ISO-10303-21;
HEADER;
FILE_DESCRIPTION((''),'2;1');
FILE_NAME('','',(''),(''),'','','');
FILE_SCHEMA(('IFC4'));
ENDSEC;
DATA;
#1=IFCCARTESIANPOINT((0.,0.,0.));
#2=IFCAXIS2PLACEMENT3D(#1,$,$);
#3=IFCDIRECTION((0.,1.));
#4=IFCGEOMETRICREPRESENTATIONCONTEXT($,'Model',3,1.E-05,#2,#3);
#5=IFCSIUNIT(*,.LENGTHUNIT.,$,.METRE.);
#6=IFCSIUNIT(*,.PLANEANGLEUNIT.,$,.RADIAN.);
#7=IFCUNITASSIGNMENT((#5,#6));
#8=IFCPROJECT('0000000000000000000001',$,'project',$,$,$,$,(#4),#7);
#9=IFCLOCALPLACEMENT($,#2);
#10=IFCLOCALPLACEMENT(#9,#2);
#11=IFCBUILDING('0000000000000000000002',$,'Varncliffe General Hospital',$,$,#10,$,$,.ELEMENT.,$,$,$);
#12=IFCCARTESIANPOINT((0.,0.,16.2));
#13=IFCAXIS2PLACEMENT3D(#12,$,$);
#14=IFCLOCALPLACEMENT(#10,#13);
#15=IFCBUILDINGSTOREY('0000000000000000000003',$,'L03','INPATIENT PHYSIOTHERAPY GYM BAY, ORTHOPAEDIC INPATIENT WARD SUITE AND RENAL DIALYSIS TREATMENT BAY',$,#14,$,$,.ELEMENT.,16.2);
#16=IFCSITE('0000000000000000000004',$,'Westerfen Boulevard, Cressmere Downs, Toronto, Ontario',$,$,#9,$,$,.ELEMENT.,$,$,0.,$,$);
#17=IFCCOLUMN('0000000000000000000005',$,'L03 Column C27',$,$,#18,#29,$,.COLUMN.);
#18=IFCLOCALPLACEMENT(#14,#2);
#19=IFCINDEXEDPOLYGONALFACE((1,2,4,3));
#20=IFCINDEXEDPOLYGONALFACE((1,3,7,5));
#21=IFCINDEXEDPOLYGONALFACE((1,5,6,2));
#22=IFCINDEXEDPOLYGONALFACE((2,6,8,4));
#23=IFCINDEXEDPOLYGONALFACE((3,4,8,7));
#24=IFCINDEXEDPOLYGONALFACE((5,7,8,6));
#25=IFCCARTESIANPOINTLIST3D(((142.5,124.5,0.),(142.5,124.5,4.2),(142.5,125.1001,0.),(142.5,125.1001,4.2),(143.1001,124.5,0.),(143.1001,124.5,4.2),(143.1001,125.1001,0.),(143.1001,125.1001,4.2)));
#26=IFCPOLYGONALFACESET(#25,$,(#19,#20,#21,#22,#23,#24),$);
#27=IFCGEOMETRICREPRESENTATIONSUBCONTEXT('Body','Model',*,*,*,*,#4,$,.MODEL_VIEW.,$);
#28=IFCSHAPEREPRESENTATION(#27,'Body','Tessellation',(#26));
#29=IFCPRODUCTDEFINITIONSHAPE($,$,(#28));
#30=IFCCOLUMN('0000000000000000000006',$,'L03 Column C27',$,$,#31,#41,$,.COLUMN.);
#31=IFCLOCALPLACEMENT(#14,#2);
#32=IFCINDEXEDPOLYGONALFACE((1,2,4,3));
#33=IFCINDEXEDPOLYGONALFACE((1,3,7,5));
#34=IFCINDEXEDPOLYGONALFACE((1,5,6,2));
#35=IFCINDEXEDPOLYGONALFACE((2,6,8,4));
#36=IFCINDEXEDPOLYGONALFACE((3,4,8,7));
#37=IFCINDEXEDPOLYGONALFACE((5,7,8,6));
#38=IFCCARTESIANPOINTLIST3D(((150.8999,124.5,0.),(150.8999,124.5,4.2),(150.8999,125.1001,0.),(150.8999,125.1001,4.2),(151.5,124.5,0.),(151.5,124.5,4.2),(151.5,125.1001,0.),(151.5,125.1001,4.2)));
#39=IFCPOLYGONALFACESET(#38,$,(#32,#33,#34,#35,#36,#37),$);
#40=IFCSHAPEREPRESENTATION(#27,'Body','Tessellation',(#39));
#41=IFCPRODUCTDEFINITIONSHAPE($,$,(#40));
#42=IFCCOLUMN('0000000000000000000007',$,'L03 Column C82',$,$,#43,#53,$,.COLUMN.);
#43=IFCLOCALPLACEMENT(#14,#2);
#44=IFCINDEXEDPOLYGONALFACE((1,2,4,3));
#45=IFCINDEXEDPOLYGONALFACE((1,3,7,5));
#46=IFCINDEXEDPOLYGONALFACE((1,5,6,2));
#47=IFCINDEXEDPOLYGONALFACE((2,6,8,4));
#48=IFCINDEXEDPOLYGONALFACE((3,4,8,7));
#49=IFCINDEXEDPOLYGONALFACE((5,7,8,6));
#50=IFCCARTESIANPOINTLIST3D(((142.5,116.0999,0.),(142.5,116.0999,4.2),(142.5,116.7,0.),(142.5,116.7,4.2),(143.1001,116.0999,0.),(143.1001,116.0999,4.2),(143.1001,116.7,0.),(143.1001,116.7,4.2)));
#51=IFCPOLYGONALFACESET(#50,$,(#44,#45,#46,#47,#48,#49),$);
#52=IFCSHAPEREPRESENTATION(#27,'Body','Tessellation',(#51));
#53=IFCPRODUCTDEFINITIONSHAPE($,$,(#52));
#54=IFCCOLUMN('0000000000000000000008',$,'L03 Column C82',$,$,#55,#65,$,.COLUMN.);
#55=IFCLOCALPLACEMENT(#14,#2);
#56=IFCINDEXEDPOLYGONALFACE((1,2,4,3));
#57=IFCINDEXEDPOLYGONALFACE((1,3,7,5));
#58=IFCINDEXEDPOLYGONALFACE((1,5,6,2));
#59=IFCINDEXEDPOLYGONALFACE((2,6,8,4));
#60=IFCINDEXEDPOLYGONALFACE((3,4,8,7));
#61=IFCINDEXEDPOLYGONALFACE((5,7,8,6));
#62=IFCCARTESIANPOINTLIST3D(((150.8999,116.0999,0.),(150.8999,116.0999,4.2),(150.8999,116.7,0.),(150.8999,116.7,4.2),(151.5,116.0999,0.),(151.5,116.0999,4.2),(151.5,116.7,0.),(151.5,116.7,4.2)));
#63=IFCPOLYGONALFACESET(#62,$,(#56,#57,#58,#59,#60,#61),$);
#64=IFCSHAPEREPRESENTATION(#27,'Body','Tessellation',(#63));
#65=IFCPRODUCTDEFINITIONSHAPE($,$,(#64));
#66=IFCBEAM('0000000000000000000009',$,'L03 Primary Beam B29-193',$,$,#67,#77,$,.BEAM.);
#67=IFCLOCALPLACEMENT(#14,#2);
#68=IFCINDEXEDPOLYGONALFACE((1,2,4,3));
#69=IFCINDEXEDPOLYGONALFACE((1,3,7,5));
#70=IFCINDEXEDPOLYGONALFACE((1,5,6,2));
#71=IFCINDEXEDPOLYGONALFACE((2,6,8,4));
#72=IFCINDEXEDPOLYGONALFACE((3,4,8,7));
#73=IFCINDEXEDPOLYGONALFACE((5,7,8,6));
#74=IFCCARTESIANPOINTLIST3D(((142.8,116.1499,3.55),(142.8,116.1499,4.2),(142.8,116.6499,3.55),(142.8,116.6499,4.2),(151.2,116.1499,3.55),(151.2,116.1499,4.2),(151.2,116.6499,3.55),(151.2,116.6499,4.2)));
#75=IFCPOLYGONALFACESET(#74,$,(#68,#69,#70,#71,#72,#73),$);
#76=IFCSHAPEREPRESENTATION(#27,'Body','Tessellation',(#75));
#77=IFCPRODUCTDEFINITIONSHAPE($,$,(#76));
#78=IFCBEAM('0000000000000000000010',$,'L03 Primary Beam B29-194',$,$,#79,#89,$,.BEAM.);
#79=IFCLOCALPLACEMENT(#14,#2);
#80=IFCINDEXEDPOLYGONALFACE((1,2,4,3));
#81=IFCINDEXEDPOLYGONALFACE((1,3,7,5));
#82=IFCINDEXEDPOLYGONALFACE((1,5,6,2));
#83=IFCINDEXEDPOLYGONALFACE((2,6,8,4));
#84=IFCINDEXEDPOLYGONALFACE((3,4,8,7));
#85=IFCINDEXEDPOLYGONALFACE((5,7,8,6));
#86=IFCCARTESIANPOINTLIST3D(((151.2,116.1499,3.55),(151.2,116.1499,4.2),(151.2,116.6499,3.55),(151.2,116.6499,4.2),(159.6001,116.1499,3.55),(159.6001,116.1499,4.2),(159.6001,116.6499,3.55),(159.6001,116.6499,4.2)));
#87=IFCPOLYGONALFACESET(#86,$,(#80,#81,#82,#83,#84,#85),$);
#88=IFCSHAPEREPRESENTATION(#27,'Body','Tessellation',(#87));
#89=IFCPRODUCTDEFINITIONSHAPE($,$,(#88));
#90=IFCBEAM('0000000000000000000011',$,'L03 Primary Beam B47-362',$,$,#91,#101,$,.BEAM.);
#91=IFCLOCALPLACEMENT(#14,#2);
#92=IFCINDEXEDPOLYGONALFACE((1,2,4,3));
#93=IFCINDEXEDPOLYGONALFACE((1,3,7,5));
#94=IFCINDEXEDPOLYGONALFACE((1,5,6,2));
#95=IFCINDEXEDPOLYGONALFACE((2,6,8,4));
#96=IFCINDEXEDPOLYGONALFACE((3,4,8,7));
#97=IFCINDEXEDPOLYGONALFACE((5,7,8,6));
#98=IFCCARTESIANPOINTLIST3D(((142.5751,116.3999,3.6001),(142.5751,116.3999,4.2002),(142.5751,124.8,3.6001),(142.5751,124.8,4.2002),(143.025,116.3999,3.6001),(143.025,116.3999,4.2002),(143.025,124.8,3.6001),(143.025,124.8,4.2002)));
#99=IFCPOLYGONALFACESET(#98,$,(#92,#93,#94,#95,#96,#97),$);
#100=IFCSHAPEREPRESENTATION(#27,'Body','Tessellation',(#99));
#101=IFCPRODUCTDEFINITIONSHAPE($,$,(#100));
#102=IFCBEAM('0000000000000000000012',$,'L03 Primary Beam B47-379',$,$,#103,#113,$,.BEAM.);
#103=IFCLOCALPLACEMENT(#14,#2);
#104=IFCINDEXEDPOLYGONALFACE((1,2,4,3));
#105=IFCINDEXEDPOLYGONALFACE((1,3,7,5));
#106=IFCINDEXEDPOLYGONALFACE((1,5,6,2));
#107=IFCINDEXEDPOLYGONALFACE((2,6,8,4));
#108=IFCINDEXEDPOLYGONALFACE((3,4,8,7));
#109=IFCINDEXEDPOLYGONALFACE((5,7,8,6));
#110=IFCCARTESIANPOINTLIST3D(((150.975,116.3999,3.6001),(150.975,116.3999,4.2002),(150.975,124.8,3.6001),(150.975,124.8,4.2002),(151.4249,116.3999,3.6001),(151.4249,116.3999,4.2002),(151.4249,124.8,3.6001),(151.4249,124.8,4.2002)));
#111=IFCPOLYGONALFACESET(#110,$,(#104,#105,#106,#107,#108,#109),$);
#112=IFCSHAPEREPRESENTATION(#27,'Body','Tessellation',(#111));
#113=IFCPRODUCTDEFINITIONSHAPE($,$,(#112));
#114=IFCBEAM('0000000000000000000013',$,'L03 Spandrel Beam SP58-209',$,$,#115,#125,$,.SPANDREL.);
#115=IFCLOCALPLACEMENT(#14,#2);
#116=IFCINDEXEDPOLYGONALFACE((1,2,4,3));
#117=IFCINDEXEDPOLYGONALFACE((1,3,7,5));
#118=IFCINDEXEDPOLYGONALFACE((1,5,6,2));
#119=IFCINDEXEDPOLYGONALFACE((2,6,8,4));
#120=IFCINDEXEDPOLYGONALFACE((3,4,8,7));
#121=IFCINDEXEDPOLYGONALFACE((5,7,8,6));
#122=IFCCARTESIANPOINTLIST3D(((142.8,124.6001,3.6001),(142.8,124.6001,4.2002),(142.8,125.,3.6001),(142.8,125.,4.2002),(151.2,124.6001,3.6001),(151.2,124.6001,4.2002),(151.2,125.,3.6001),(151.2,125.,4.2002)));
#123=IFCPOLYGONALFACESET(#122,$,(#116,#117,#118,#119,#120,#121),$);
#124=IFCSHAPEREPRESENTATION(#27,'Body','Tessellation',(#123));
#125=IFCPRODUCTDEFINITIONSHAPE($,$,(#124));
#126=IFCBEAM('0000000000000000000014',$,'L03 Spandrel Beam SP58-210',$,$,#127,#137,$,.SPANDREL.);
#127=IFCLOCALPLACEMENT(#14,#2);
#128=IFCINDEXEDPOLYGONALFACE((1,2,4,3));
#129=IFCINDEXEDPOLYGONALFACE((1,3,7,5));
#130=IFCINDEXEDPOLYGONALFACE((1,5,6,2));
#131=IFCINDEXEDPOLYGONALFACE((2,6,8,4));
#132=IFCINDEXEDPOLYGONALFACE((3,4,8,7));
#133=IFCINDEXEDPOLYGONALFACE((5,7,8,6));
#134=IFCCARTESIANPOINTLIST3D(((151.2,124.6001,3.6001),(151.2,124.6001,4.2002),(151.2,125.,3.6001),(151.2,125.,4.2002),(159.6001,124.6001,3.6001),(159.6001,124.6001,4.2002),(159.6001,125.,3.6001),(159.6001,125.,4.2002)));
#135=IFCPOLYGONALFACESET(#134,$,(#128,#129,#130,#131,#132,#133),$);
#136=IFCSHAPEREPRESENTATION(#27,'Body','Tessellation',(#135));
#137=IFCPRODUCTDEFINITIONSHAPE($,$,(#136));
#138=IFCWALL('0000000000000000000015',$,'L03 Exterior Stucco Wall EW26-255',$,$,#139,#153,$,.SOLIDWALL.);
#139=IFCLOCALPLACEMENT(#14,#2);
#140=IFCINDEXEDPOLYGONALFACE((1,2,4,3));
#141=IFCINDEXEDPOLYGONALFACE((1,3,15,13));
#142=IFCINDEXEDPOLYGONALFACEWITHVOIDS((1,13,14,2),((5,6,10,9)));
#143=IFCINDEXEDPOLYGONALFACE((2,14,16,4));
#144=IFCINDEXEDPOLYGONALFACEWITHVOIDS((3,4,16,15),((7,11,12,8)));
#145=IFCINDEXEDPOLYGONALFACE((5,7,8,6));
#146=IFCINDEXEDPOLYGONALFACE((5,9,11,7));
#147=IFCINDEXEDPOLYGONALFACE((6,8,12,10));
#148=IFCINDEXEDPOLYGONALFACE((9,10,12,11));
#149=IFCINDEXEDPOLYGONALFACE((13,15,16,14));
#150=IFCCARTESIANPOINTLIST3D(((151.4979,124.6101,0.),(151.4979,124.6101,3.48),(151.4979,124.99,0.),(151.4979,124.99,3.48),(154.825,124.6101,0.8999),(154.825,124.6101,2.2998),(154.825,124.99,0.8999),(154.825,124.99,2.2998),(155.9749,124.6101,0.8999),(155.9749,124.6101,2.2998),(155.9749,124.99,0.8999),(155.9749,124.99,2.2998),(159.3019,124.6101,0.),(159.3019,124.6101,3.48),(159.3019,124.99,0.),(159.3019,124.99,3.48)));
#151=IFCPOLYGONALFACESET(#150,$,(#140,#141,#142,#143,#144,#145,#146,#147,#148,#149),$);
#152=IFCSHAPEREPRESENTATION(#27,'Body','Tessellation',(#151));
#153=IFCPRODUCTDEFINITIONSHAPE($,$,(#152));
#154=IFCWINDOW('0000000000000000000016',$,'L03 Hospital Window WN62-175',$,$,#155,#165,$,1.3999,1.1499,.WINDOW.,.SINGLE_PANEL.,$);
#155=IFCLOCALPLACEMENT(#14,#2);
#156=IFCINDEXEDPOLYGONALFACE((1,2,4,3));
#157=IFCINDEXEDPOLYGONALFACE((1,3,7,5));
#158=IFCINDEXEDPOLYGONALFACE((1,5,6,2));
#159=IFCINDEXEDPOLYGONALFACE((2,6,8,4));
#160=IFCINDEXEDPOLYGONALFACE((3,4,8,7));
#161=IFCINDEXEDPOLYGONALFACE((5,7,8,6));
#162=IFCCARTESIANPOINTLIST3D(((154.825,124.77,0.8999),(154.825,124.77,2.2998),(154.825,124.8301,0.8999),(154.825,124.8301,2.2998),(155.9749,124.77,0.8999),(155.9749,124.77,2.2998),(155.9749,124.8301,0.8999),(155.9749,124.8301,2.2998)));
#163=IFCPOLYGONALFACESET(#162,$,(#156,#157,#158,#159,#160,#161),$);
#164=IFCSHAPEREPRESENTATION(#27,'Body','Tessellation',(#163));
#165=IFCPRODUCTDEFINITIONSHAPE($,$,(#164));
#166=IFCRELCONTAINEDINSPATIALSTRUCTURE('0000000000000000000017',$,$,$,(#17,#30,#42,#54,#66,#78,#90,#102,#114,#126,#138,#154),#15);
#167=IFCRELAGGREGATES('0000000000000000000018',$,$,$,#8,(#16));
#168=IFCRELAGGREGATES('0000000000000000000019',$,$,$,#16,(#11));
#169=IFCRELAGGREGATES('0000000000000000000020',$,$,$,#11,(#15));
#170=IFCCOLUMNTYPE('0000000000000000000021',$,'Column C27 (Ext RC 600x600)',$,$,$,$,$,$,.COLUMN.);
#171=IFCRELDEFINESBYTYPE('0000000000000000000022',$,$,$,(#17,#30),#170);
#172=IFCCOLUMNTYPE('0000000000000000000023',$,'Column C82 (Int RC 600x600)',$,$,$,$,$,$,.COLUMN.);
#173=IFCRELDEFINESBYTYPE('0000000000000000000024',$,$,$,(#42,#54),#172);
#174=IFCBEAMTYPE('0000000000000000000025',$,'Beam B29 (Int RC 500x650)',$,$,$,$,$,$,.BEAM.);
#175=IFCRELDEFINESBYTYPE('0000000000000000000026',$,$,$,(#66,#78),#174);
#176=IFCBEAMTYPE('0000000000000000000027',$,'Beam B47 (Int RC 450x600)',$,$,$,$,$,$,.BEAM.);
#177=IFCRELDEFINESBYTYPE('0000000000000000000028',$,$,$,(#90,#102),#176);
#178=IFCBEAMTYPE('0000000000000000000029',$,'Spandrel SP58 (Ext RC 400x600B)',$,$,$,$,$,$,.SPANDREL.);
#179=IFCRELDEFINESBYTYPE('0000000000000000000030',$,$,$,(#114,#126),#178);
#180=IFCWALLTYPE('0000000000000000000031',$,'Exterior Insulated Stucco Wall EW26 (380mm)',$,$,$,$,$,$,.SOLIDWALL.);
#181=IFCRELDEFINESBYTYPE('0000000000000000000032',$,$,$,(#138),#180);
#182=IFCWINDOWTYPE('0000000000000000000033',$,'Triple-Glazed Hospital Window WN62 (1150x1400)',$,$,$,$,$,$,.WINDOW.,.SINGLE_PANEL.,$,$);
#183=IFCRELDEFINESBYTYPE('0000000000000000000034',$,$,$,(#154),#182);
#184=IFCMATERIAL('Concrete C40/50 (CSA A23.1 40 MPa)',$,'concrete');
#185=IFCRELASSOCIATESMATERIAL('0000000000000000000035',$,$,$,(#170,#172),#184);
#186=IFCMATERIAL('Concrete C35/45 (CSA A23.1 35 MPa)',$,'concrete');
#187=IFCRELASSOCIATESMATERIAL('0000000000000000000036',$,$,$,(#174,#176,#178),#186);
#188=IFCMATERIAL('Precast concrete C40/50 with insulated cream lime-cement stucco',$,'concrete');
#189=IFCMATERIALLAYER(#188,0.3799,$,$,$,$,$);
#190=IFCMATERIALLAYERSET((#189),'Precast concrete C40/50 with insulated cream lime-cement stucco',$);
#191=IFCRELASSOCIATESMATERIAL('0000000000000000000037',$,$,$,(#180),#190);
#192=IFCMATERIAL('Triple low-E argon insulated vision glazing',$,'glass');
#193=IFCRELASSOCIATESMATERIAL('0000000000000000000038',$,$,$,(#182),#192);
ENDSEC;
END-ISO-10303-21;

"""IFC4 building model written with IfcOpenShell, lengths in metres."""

from ifc_helpers import new_model, si_unit, direction, frame, frame_2d, origin, origin_2d, place, context, subcontext, project, spatial, rectangle, extrude, material, layer, layer_set, material_profile, profile_set, type_object, element, fill, save


model = new_model("IFC4")

# Units and contexts
model_context = context("Model", 3, precision=1e-05, world=origin(), true_north=direction((0.0, 1.0)))
body_context = subcontext(model_context, "Body", "Model", "MODEL_VIEW")
ifc_project = project(units=[si_unit("LENGTHUNIT", "METRE"), si_unit("PLANEANGLEUNIT", "RADIAN")], contexts=[model_context])

# Site, building, storey
site_placement = place(None, origin())
site = spatial("IfcSite", under=ifc_project, at=site_placement, Name="Westerfen Boulevard, Cressmere Downs, Toronto, Ontario", CompositionType="ELEMENT", RefElevation=0.0)
building_placement = place(site_placement, origin())
building = spatial("IfcBuilding", under=site, at=building_placement, Name="Varncliffe General Hospital", CompositionType="ELEMENT")
storey_placement = place(building_placement, frame((0.0, 0.0, 16.2)))
storey = spatial("IfcBuildingStorey", under=building, at=storey_placement, Name="L03", Description="INPATIENT PHYSIOTHERAPY GYM BAY, ORTHOPAEDIC INPATIENT WARD SUITE AND RENAL DIALYSIS TREATMENT BAY", CompositionType="ELEMENT", Elevation=16.2)

# Columns
ifc_material_1 = material(Name="Concrete C40/50 (CSA A23.1 40 MPa)", Category="concrete")
ifc_material_profile_1 = material_profile(ifc_material_1, rectangle(XDim=0.6001, YDim=0.6001, at=origin_2d()), Name="RC 600x600")
ifc_profile_set_1 = profile_set([ifc_material_profile_1], Name="Concrete C40/50 (CSA A23.1 40 MPa)")
column_type_1 = type_object("IfcColumnType", Name="Column C27 (Ext RC 600x600)", PredefinedType="COLUMN", material=ifc_profile_set_1)
for number, where, z_axis, x_axis, name in (
    (1, (142.8, 124.8, 0.0), (0.0, 0.0, 1.0), (1.0, 0.0, 0.0), "L03 Column C27"),
    (2, (151.2, 124.8, 0.0), (0.0, 0.0, 1.0), (1.0, 0.0, 0.0), "L03 Column C27"),
):
    element("IfcColumn", number, at=place(storey_placement, frame(where, z_axis=z_axis, x_axis=x_axis)), inside=storey, type_object=column_type_1, Name=name, PredefinedType="COLUMN", context=body_context, shape_type="SweptSolid", body=[
        extrude(rectangle(XDim=0.6001, YDim=0.6001, at=origin_2d()), origin(), (0.0, 0.0, 1.0), 4.2),
    ])
ifc_material_profile_2 = material_profile(ifc_material_1, rectangle(XDim=0.6001, YDim=0.6001, at=origin_2d()), Name="RC 600x600")
ifc_profile_set_2 = profile_set([ifc_material_profile_2], Name="Concrete C40/50 (CSA A23.1 40 MPa)")
column_type_2 = type_object("IfcColumnType", Name="Column C82 (Int RC 600x600)", PredefinedType="COLUMN", material=ifc_profile_set_2)
for number, where, z_axis, x_axis, name in (
    (3, (142.8, 116.3999, 0.0), (0.0, 0.0, 1.0), (1.0, 0.0, 0.0), "L03 Column C82"),
    (4, (151.2, 116.3999, 0.0), (0.0, 0.0, 1.0), (1.0, 0.0, 0.0), "L03 Column C82"),
):
    element("IfcColumn", number, at=place(storey_placement, frame(where, z_axis=z_axis, x_axis=x_axis)), inside=storey, type_object=column_type_2, Name=name, PredefinedType="COLUMN", context=body_context, shape_type="SweptSolid", body=[
        extrude(rectangle(XDim=0.6001, YDim=0.6001, at=origin_2d()), origin(), (0.0, 0.0, 1.0), 4.2),
    ])

# Beams
ifc_material_2 = material(Name="Concrete C35/45 (CSA A23.1 35 MPa)", Category="concrete")
ifc_material_profile_3 = material_profile(ifc_material_2, rectangle(XDim=0.5, YDim=0.6499, at=origin_2d()), Name="RC 500x650")
ifc_profile_set_3 = profile_set([ifc_material_profile_3], Name="Concrete C35/45 (CSA A23.1 35 MPa)")
beam_type_1 = type_object("IfcBeamType", Name="Beam B29 (Int RC 500x650)", PredefinedType="BEAM", material=ifc_profile_set_3)
beam_1_placement = place(storey_placement, frame((142.8, 116.3999, 3.875), z_axis=(1.0, 0.0, 0.0), x_axis=(0.0, 1.0, 0.0)))
element("IfcBeam", 5, at=beam_1_placement, inside=storey, type_object=beam_type_1, Name="L03 Primary Beam B29-193", PredefinedType="BEAM", context=body_context, shape_type="SweptSolid", body=[
    extrude(rectangle(XDim=0.5, YDim=0.6499, at=origin_2d()), origin(), (0.0, 0.0, 1.0), 8.3999),
])
beam_2_placement = place(storey_placement, frame((151.2, 116.3999, 3.875), z_axis=(1.0, 0.0, 0.0), x_axis=(0.0, 1.0, 0.0)))
element("IfcBeam", 6, at=beam_2_placement, inside=storey, type_object=beam_type_1, Name="L03 Primary Beam B29-194", PredefinedType="BEAM", context=body_context, shape_type="SweptSolid", body=[
    extrude(rectangle(XDim=0.5, YDim=0.6499, at=origin_2d()), origin(), (0.0, 0.0, 1.0), 8.4001),
])
ifc_material_profile_4 = material_profile(ifc_material_2, rectangle(XDim=0.45, YDim=0.6001, at=origin_2d()), Name="RC 450x600")
ifc_profile_set_4 = profile_set([ifc_material_profile_4], Name="Concrete C35/45 (CSA A23.1 35 MPa)")
beam_type_2 = type_object("IfcBeamType", Name="Beam B47 (Int RC 450x600)", PredefinedType="BEAM", material=ifc_profile_set_4)
for number, where, z_axis, x_axis, name in (
    (7, (142.8, 116.3999, 3.9001), (0.0, 1.0, 0.0), (-1.0, 0.0, 0.0), "L03 Primary Beam B47-362"),
    (8, (151.2, 116.3999, 3.9001), (0.0, 1.0, 0.0), (-1.0, 0.0, 0.0), "L03 Primary Beam B47-379"),
):
    element("IfcBeam", number, at=place(storey_placement, frame(where, z_axis=z_axis, x_axis=x_axis)), inside=storey, type_object=beam_type_2, Name=name, PredefinedType="BEAM", context=body_context, shape_type="SweptSolid", body=[
        extrude(rectangle(XDim=0.45, YDim=0.6001, at=origin_2d()), origin(), (0.0, 0.0, 1.0), 8.4001),
    ])
ifc_material_profile_5 = material_profile(ifc_material_2, rectangle(XDim=0.3999, YDim=0.6001, at=origin_2d()), Name="RC 400x600")
ifc_profile_set_5 = profile_set([ifc_material_profile_5], Name="Concrete C35/45 (CSA A23.1 35 MPa)")
beam_type_3 = type_object("IfcBeamType", Name="Spandrel SP58 (Ext RC 400x600B)", PredefinedType="SPANDREL", material=ifc_profile_set_5)
beam_3_placement = place(storey_placement, frame((142.8, 124.8, 3.9001), z_axis=(1.0, 0.0, 0.0), x_axis=(0.0, 1.0, 0.0)))
element("IfcBeam", 9, at=beam_3_placement, inside=storey, type_object=beam_type_3, Name="L03 Spandrel Beam SP58-209", PredefinedType="SPANDREL", context=body_context, shape_type="SweptSolid", body=[
    extrude(rectangle(XDim=0.3999, YDim=0.6001, at=origin_2d()), origin(), (0.0, 0.0, 1.0), 8.3999),
])
beam_4_placement = place(storey_placement, frame((151.2, 124.8, 3.9001), z_axis=(1.0, 0.0, 0.0), x_axis=(0.0, 1.0, 0.0)))
element("IfcBeam", 10, at=beam_4_placement, inside=storey, type_object=beam_type_3, Name="L03 Spandrel Beam SP58-210", PredefinedType="SPANDREL", context=body_context, shape_type="SweptSolid", body=[
    extrude(rectangle(XDim=0.3999, YDim=0.6001, at=origin_2d()), origin(), (0.0, 0.0, 1.0), 8.4001),
])

# Wall, opening, window
ifc_material_3 = material(Name="Precast concrete C40/50 with insulated cream lime-cement stucco", Category="concrete")
ifc_layer_1 = layer(ifc_material_3, 0.3799)
ifc_layer_set_1 = layer_set([ifc_layer_1], Name="Precast concrete C40/50 with insulated cream lime-cement stucco")
wall_type_1 = type_object("IfcWallType", Name="Exterior Insulated Stucco Wall EW26 (380mm)", PredefinedType="SOLIDWALL", material=ifc_layer_set_1)
wall_1_placement = place(storey_placement, frame((151.498, 124.8, 0.0), z_axis=(0.0, 0.0, 1.0), x_axis=(1.0, 0.0, 0.0)))
wall_1 = element("IfcWall", 11, at=wall_1_placement, inside=storey, type_object=wall_type_1, Name="L03 Exterior Stucco Wall EW26-255", PredefinedType="SOLIDWALL", context=body_context, shape_type="SweptSolid", body=[
    extrude(rectangle(XDim=7.804, YDim=0.3799, at=frame_2d((3.9019, 0.0))), origin(), (0.0, 0.0, 1.0), 3.48),
])
opening_1_placement = place(wall_1_placement, frame((3.3269, 0.0, 0.8999)))
opening_1 = element("IfcOpeningElement", 12, at=opening_1_placement, cuts=wall_1, PredefinedType="OPENING", context=body_context, shape_type="SweptSolid", body=[
    extrude(rectangle(XDim=1.1499, YDim=1.3999, at=frame_2d((0.575, 0.7))), frame((0.0, 0.2, 0.0), z_axis=(0.0, -1.0, 0.0), x_axis=(1.0, 0.0, 0.0)), (0.0, 0.0, 1.0), 0.3999),
])
ifc_material_4 = material(Name="Triple low-E argon insulated vision glazing", Category="glass")
window_type = type_object("IfcWindowType", Name="Triple-Glazed Hospital Window WN62 (1150x1400)", PartitioningType="SINGLE_PANEL", PredefinedType="WINDOW", material=ifc_material_4)
window_1_placement = place(opening_1_placement, origin())
window_1 = element("IfcWindow", 13, at=window_1_placement, inside=storey, type_object=window_type, Name="L03 Hospital Window WN62-175", OverallHeight=1.3999, OverallWidth=1.1499, PartitioningType="SINGLE_PANEL", PredefinedType="WINDOW", context=body_context, shape_type="SweptSolid", body=[
    extrude(rectangle(XDim=1.1499, YDim=1.3999, at=frame_2d((0.575, 0.7))), frame((0.0, 0.03, 0.0), z_axis=(0.0, -1.0, 0.0), x_axis=(1.0, 0.0, 0.0)), (0.0, 0.0, 1.0), 0.0601),
])
fill(opening_1, window_1)

save(model, "model.ifc")
